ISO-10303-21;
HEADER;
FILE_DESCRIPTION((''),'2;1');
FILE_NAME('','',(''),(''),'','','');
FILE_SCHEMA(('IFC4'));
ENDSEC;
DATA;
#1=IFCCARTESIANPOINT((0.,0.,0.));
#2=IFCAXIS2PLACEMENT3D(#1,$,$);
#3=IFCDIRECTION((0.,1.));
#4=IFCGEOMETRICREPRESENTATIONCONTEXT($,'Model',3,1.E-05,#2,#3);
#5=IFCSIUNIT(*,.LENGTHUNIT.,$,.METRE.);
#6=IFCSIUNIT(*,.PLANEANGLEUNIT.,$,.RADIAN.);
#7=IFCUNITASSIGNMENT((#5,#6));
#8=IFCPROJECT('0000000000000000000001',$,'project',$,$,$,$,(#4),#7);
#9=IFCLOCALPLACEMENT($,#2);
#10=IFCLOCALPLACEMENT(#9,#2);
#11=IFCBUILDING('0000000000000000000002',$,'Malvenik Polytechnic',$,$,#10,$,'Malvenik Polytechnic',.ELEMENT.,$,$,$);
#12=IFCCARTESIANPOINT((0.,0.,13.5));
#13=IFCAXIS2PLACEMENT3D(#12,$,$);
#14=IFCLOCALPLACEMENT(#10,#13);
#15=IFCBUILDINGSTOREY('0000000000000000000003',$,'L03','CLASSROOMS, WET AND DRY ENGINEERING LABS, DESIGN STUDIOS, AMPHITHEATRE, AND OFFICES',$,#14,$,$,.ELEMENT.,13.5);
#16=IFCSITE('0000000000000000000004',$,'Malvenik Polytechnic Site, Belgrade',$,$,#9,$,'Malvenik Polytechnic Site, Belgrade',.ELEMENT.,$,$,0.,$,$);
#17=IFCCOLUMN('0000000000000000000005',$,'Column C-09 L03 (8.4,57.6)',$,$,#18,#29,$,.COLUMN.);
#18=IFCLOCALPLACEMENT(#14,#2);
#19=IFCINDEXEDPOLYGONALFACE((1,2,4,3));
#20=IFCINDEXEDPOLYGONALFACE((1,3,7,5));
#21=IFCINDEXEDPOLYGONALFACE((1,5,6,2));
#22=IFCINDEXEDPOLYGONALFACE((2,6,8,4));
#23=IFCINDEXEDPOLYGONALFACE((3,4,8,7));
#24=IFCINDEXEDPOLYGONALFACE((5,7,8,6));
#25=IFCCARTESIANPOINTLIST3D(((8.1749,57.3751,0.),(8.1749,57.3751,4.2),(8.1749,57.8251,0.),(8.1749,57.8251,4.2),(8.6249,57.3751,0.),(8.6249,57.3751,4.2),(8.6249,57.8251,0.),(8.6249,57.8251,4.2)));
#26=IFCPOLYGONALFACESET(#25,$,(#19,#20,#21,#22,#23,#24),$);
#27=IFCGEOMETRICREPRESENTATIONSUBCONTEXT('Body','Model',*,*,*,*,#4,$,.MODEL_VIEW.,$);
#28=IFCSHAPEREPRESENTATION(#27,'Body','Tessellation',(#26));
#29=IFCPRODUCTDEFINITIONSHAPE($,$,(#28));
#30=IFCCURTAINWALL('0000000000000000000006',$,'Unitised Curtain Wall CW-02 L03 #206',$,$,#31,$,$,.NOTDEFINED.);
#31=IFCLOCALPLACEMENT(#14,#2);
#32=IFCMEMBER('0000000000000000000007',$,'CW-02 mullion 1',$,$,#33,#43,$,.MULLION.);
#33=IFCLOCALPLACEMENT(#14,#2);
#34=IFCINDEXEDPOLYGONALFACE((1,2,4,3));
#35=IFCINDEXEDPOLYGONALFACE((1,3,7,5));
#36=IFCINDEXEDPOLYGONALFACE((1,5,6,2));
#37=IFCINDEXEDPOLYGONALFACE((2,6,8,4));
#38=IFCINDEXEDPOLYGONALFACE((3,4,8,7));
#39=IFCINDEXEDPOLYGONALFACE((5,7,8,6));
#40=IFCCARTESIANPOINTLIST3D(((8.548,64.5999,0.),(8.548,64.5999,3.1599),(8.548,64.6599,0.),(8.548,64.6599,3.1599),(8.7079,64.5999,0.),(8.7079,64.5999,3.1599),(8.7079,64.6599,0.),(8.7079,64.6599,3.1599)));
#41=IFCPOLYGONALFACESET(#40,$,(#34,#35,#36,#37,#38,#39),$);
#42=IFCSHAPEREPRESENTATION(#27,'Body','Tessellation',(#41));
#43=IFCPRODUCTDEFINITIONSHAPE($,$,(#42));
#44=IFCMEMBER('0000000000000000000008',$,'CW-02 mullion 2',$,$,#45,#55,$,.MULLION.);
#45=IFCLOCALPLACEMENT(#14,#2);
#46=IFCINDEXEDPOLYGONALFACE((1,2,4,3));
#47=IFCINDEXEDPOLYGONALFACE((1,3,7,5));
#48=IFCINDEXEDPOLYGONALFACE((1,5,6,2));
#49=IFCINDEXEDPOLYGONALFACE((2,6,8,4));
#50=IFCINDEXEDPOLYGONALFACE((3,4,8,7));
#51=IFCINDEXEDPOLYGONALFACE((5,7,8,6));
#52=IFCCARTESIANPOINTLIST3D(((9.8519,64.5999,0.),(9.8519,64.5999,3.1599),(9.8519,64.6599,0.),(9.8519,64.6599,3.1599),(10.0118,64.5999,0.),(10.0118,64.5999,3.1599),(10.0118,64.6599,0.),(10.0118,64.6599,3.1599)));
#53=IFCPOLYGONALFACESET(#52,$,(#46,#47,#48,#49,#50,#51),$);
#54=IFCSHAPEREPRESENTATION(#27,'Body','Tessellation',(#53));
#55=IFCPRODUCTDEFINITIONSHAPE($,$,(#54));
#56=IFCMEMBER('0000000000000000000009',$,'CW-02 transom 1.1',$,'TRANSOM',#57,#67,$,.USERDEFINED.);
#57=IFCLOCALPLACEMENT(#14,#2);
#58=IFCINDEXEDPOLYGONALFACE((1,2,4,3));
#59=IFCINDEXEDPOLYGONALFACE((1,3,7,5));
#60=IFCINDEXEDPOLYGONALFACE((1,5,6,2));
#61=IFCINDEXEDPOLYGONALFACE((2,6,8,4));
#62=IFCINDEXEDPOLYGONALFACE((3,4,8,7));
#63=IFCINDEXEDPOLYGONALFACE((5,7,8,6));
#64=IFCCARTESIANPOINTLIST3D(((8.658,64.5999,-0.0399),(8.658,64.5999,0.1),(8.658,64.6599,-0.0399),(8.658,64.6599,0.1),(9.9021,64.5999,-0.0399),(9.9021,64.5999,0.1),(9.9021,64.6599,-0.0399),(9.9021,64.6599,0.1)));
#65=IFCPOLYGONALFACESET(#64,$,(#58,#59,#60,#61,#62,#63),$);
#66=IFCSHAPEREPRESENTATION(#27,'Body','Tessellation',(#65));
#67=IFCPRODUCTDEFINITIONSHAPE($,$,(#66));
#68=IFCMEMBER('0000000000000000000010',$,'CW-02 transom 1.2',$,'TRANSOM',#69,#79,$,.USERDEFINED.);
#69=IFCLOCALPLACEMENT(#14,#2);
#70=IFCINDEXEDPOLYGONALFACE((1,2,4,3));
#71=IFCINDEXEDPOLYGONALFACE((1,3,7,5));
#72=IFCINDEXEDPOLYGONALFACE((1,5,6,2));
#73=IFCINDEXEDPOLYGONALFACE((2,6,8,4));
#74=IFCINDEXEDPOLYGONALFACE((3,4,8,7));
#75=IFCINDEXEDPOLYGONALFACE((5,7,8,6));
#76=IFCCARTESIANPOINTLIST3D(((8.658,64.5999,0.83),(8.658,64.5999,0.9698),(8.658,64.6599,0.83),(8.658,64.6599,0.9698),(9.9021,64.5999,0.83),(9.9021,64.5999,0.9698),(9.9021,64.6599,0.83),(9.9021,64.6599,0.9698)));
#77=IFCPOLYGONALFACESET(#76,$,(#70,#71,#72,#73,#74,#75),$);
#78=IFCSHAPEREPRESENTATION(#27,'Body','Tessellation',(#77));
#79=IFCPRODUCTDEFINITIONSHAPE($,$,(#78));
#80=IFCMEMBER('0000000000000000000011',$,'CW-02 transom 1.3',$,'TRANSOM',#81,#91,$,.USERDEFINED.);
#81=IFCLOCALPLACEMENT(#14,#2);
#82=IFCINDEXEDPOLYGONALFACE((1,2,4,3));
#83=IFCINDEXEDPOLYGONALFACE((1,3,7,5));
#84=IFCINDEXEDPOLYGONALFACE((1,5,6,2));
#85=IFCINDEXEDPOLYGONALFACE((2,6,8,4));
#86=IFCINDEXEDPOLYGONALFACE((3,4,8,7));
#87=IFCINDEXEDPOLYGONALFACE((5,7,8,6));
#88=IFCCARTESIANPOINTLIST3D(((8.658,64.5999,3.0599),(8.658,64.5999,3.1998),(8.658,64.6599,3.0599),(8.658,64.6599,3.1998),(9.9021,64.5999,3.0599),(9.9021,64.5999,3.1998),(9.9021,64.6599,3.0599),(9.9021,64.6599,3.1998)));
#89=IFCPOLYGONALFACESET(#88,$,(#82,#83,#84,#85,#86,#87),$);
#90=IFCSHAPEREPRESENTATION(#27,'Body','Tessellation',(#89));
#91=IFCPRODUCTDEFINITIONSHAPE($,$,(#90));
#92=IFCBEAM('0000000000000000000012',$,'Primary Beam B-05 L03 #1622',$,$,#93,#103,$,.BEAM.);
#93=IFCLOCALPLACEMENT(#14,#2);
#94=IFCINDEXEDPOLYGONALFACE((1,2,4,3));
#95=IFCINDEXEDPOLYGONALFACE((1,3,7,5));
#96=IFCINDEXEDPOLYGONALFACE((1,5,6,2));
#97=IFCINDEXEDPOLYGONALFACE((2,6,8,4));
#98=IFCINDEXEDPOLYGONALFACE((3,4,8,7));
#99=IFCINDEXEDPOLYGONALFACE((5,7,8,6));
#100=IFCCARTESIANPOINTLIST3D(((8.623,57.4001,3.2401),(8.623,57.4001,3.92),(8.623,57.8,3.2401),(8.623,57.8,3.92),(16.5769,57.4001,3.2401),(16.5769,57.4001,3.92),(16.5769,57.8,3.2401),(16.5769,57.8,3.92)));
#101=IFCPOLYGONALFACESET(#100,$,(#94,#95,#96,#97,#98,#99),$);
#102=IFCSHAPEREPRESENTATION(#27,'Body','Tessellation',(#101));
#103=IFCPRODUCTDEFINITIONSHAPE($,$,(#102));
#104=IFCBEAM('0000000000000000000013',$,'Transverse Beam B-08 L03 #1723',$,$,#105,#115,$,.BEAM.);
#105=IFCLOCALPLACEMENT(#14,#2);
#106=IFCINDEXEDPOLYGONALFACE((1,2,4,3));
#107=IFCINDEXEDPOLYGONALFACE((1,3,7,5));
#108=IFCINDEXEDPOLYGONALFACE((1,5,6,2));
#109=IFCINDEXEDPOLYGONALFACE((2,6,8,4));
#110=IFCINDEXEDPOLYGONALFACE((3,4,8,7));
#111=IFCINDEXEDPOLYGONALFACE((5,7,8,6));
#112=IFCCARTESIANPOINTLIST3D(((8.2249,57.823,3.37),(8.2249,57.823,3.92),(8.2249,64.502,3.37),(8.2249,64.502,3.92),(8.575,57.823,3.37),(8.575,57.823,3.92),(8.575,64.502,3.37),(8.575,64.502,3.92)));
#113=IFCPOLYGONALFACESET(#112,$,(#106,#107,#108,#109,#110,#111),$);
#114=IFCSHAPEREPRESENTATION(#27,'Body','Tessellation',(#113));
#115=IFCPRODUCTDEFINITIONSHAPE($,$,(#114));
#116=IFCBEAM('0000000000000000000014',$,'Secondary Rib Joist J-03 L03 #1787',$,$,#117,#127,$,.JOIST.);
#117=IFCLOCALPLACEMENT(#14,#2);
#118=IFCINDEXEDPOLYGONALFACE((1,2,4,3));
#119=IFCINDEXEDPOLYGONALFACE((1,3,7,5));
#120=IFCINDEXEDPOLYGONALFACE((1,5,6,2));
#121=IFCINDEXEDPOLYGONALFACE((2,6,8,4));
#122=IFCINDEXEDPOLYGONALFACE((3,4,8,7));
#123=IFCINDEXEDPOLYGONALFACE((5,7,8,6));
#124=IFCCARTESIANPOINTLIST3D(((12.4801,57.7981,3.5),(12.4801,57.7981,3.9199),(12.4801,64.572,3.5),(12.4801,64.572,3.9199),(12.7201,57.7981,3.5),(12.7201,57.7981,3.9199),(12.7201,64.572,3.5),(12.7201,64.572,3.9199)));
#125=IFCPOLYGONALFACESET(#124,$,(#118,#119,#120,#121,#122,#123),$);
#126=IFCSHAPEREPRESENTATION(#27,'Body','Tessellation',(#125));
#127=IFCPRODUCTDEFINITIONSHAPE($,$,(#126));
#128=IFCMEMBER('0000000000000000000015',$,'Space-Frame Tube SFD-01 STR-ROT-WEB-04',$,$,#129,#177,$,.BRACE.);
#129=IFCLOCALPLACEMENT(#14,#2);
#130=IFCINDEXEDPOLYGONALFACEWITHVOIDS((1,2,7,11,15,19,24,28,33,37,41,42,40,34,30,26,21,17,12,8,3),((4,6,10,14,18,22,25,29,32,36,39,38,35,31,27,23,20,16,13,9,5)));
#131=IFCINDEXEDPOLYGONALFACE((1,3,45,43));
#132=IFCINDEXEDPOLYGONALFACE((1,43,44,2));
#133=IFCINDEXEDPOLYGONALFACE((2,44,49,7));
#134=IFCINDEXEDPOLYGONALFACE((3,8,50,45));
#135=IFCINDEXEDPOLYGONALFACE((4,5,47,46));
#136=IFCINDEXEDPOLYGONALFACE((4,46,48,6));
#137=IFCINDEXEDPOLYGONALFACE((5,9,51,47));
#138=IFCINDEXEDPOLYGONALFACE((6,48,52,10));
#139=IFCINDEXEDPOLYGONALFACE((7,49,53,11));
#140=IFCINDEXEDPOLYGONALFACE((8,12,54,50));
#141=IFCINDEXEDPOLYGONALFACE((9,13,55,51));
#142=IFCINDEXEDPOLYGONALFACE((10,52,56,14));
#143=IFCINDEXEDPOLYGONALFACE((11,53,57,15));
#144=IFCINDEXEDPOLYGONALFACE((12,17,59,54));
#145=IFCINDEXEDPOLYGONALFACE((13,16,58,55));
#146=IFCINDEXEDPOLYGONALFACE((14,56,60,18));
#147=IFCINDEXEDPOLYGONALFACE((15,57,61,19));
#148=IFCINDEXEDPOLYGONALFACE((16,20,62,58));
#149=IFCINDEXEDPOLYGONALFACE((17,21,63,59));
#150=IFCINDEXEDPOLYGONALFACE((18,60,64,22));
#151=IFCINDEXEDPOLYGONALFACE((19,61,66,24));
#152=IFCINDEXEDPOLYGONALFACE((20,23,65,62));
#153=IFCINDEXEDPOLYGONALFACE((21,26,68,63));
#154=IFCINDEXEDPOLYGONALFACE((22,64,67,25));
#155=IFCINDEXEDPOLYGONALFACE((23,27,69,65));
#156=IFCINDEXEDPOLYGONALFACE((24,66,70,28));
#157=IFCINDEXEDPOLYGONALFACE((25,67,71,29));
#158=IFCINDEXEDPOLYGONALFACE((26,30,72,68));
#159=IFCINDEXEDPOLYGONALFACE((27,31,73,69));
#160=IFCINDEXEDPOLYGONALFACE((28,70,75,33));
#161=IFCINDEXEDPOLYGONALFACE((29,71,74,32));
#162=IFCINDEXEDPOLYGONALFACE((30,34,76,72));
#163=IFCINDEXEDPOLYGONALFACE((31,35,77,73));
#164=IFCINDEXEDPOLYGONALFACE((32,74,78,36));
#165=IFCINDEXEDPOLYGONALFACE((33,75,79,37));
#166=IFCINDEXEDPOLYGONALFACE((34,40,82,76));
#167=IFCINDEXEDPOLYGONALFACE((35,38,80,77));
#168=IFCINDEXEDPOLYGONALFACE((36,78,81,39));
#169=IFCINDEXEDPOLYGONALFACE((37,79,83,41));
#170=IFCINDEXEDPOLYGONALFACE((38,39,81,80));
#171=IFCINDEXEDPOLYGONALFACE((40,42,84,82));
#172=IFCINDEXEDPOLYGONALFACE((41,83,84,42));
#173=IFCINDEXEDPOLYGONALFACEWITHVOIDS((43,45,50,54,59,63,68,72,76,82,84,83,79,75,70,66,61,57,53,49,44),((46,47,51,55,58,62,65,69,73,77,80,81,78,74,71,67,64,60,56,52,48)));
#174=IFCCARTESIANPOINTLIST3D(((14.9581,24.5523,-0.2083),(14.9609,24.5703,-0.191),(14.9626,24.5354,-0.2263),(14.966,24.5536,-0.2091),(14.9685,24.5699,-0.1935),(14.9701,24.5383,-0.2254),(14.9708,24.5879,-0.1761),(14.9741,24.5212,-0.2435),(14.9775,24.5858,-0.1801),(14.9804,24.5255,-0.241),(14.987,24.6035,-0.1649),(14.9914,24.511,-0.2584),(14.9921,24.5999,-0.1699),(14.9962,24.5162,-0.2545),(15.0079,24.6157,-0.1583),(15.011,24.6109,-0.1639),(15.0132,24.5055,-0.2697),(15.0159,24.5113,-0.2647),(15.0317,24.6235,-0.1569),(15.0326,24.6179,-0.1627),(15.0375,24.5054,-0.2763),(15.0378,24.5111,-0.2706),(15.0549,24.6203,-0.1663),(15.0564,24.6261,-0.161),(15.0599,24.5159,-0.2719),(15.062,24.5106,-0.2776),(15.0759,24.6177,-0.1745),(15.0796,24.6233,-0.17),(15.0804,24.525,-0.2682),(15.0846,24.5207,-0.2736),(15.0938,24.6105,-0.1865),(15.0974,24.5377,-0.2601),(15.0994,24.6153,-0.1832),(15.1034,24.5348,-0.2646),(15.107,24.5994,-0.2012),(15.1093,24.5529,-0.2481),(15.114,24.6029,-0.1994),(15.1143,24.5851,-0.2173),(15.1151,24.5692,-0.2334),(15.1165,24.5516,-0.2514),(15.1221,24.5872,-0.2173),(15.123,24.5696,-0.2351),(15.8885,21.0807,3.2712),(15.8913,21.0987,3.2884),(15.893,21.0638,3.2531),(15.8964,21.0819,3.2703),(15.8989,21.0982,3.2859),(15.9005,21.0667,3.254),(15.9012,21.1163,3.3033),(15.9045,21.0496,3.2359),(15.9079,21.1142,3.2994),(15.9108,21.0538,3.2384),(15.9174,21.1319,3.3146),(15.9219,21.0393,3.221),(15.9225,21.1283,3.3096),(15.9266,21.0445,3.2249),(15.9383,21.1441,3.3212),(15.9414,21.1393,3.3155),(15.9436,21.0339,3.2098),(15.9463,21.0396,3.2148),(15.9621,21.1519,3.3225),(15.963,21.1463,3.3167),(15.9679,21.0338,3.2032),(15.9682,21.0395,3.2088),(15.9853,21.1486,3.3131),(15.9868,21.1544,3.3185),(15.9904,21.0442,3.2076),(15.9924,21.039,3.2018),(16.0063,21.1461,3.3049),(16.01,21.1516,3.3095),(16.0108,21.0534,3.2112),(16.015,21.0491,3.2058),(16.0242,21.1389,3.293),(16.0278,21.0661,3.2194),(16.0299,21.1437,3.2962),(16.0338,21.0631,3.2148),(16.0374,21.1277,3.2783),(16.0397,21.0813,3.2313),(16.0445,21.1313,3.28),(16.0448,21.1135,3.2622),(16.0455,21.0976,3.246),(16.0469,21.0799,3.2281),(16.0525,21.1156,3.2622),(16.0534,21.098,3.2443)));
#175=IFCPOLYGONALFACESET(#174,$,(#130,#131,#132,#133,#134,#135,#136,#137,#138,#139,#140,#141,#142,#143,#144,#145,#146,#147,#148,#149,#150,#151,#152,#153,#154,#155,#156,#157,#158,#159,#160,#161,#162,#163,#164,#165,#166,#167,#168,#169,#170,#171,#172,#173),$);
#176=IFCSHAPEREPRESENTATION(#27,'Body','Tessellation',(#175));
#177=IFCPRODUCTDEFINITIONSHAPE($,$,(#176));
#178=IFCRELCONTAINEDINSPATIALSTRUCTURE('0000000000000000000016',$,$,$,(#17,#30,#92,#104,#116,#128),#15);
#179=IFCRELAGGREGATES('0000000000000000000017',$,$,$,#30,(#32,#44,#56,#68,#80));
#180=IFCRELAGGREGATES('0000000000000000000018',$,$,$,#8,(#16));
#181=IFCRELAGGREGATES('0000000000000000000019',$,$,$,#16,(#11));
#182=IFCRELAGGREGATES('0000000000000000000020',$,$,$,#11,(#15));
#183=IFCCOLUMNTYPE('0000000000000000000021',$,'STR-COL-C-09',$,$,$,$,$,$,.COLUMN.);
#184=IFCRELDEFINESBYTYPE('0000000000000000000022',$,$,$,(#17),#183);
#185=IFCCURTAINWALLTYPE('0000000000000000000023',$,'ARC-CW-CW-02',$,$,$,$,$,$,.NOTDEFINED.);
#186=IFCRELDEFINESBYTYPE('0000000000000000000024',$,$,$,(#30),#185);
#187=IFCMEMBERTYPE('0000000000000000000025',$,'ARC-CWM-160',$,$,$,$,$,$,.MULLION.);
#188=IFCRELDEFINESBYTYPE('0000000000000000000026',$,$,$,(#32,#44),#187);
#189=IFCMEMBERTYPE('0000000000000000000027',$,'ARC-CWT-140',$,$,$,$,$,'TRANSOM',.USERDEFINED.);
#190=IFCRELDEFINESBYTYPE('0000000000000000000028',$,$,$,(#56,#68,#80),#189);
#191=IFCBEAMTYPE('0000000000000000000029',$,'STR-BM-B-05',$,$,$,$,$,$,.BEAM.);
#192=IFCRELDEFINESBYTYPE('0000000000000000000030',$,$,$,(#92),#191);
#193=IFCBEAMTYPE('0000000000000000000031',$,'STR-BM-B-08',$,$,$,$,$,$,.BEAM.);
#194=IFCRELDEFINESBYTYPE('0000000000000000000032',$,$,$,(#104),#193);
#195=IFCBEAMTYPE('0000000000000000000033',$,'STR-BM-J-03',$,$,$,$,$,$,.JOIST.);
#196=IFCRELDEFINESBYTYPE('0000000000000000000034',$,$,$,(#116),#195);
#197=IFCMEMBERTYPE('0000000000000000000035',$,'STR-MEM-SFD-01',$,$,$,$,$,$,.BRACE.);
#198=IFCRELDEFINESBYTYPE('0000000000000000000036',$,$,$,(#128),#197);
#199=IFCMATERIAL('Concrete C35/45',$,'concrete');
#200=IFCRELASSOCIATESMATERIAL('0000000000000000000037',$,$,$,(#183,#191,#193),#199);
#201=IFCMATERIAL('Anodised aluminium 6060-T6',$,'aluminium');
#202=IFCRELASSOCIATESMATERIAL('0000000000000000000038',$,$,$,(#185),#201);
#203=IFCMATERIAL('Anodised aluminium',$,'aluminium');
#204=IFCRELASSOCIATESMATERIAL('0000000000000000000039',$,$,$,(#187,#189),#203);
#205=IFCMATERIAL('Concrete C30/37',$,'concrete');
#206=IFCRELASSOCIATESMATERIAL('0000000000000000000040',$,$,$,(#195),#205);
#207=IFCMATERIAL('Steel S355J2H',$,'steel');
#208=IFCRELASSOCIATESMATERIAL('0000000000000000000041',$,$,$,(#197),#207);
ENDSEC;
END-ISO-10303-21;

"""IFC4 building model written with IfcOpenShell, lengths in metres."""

from ifc_helpers import new_model, si_unit, direction, frame, origin, origin_2d, place, context, subcontext, project, spatial, rectangle, hollow_circle, extrude, material, material_profile, profile_set, type_object, element, aggregate, save


model = new_model("IFC4")

# Units and contexts
model_context = context("Model", 3, precision=1e-05, world=origin(), true_north=direction((0.0, 1.0)))
body_context = subcontext(model_context, "Body", "Model", "MODEL_VIEW")
ifc_project = project(units=[si_unit("LENGTHUNIT", "METRE"), si_unit("PLANEANGLEUNIT", "RADIAN")], contexts=[model_context])

# Site, building, storey
site_placement = place(None, origin())
site = spatial("IfcSite", under=ifc_project, at=site_placement, Name="Malvenik Polytechnic Site, Belgrade", LongName="Malvenik Polytechnic Site, Belgrade", CompositionType="ELEMENT", RefElevation=0.0)
building_placement = place(site_placement, origin())
building = spatial("IfcBuilding", under=site, at=building_placement, Name="Malvenik Polytechnic", LongName="Malvenik Polytechnic", CompositionType="ELEMENT")
storey_placement = place(building_placement, frame((0.0, 0.0, 13.5)))
storey = spatial("IfcBuildingStorey", under=building, at=storey_placement, Name="L03", Description="CLASSROOMS, WET AND DRY ENGINEERING LABS, DESIGN STUDIOS, AMPHITHEATRE, AND OFFICES", CompositionType="ELEMENT", Elevation=13.5)

# Column
ifc_material_1 = material(Name="Concrete C35/45", Category="concrete")
ifc_material_profile_1 = material_profile(ifc_material_1, rectangle(XDim=0.45, YDim=0.45, at=origin_2d()), Name="RC COL 450x450")
ifc_profile_set_1 = profile_set([ifc_material_profile_1], Name="Concrete C35/45")
column_type = type_object("IfcColumnType", Name="STR-COL-C-09", PredefinedType="COLUMN", material=ifc_profile_set_1)
column_placement = place(storey_placement, frame((8.3999, 57.6001, 0.0), z_axis=(0.0, 0.0, 1.0), x_axis=(1.0, 0.0, 0.0)))
element("IfcColumn", 1, at=column_placement, inside=storey, type_object=column_type, Name="Column C-09 L03 (8.4,57.6)", PredefinedType="COLUMN", context=body_context, shape_type="SweptSolid", body=[
    extrude(rectangle(XDim=0.45, YDim=0.45, at=origin_2d()), origin(), (0.0, 0.0, 1.0), 4.2),
])

# Curtain wall, members
ifc_material_2 = material(Name="Anodised aluminium 6060-T6", Category="aluminium")
curtain_wall_type = type_object("IfcCurtainWallType", Name="ARC-CW-CW-02", PredefinedType="NOTDEFINED", material=ifc_material_2)
curtain_wall_placement = place(storey_placement, origin())
curtain_wall = element("IfcCurtainWall", 2, at=curtain_wall_placement, inside=storey, type_object=curtain_wall_type, Name="Unitised Curtain Wall CW-02 L03 #206", PredefinedType="NOTDEFINED")
ifc_material_3 = material(Name="Anodised aluminium", Category="aluminium")
ifc_material_profile_2 = material_profile(ifc_material_3, rectangle(XDim=0.0601, YDim=0.1599, at=origin_2d()), Name="ALU MULLION 60x160")
ifc_profile_set_2 = profile_set([ifc_material_profile_2], Name="Anodised aluminium")
member_type_1 = type_object("IfcMemberType", Name="ARC-CWM-160", PredefinedType="MULLION", material=ifc_profile_set_2)
member_1_placement = place(storey_placement, frame((8.6279, 64.6299, 0.0), z_axis=(0.0, 0.0, 1.0), x_axis=(0.0, 1.0, 0.0)))
member_1 = element("IfcMember", 3, at=member_1_placement, type_object=member_type_1, Name="CW-02 mullion 1", PredefinedType="MULLION", context=body_context, shape_type="SweptSolid", body=[
    extrude(rectangle(XDim=0.0601, YDim=0.1599, at=origin_2d()), origin(), (0.0, 0.0, 1.0), 3.1599),
])
member_2_placement = place(storey_placement, frame((9.9319, 64.6299, 0.0), z_axis=(0.0, 0.0, 1.0), x_axis=(0.0, 1.0, 0.0)))
member_2 = element("IfcMember", 4, at=member_2_placement, type_object=member_type_1, Name="CW-02 mullion 2", PredefinedType="MULLION", context=body_context, shape_type="SweptSolid", body=[
    extrude(rectangle(XDim=0.0601, YDim=0.1599, at=origin_2d()), origin(), (0.0, 0.0, 1.0), 3.1599),
])
ifc_material_profile_3 = material_profile(ifc_material_3, rectangle(XDim=0.0601, YDim=0.1399, at=origin_2d()), Name="ALU TRANSOM 60x140")
ifc_profile_set_3 = profile_set([ifc_material_profile_3], Name="Anodised aluminium")
member_type_2 = type_object("IfcMemberType", Name="ARC-CWT-140", ElementType="TRANSOM", PredefinedType="USERDEFINED", material=ifc_profile_set_3)
member_3_placement = place(storey_placement, frame((8.658, 64.6299, 0.03), z_axis=(1.0, 0.0, 0.0), x_axis=(0.0, 1.0, 0.0)))
member_3 = element("IfcMember", 5, at=member_3_placement, type_object=member_type_2, Name="CW-02 transom 1.1", ObjectType="TRANSOM", PredefinedType="USERDEFINED", context=body_context, shape_type="SweptSolid", body=[
    extrude(rectangle(XDim=0.0601, YDim=0.1399, at=origin_2d()), origin(), (0.0, 0.0, 1.0), 1.2441),
])
member_4_placement = place(storey_placement, frame((8.658, 64.6299, 0.8999), z_axis=(1.0, 0.0, 0.0), x_axis=(0.0, 1.0, 0.0)))
member_4 = element("IfcMember", 6, at=member_4_placement, type_object=member_type_2, Name="CW-02 transom 1.2", ObjectType="TRANSOM", PredefinedType="USERDEFINED", context=body_context, shape_type="SweptSolid", body=[
    extrude(rectangle(XDim=0.0601, YDim=0.1399, at=origin_2d()), origin(), (0.0, 0.0, 1.0), 1.2441),
])
member_5_placement = place(storey_placement, frame((8.658, 64.6299, 3.1299), z_axis=(1.0, 0.0, 0.0), x_axis=(0.0, 1.0, 0.0)))
member_5 = element("IfcMember", 7, at=member_5_placement, type_object=member_type_2, Name="CW-02 transom 1.3", ObjectType="TRANSOM", PredefinedType="USERDEFINED", context=body_context, shape_type="SweptSolid", body=[
    extrude(rectangle(XDim=0.0601, YDim=0.1399, at=origin_2d()), origin(), (0.0, 0.0, 1.0), 1.2441),
])

# Beams
ifc_material_profile_4 = material_profile(ifc_material_1, rectangle(XDim=0.3999, YDim=0.6799, at=origin_2d()), Name="RC BM 400x680")
ifc_profile_set_4 = profile_set([ifc_material_profile_4], Name="Concrete C35/45")
beam_type_1 = type_object("IfcBeamType", Name="STR-BM-B-05", PredefinedType="BEAM", material=ifc_profile_set_4)
beam_1_placement = place(storey_placement, frame((8.623, 57.6001, 3.5801), z_axis=(1.0, 0.0, 0.0), x_axis=(0.0, 1.0, 0.0)))
element("IfcBeam", 8, at=beam_1_placement, inside=storey, type_object=beam_type_1, Name="Primary Beam B-05 L03 #1622", PredefinedType="BEAM", context=body_context, shape_type="SweptSolid", body=[
    extrude(rectangle(XDim=0.3999, YDim=0.6799, at=origin_2d()), origin(), (0.0, 0.0, 1.0), 7.9539),
])
ifc_material_profile_5 = material_profile(ifc_material_1, rectangle(XDim=0.3501, YDim=0.55, at=origin_2d()), Name="RC BM 350x550")
ifc_profile_set_5 = profile_set([ifc_material_profile_5], Name="Concrete C35/45")
beam_type_2 = type_object("IfcBeamType", Name="STR-BM-B-08", PredefinedType="BEAM", material=ifc_profile_set_5)
beam_2_placement = place(storey_placement, frame((8.3999, 57.823, 3.645), z_axis=(0.0, 1.0, 0.0), x_axis=(-1.0, 0.0, 0.0)))
element("IfcBeam", 9, at=beam_2_placement, inside=storey, type_object=beam_type_2, Name="Transverse Beam B-08 L03 #1723", PredefinedType="BEAM", context=body_context, shape_type="SweptSolid", body=[
    extrude(rectangle(XDim=0.3501, YDim=0.55, at=origin_2d()), origin(), (0.0, 0.0, 1.0), 6.679),
])
ifc_material_4 = material(Name="Concrete C30/37", Category="concrete")
ifc_material_profile_6 = material_profile(ifc_material_4, rectangle(XDim=0.24, YDim=0.4199, at=origin_2d()), Name="RC JST 240x420")
ifc_profile_set_6 = profile_set([ifc_material_profile_6], Name="Concrete C30/37")
beam_type_3 = type_object("IfcBeamType", Name="STR-BM-J-03", PredefinedType="JOIST", material=ifc_profile_set_6)
beam_3_placement = place(storey_placement, frame((12.6001, 57.7981, 3.71), z_axis=(0.0, 1.0, 0.0), x_axis=(-1.0, 0.0, 0.0)))
element("IfcBeam", 10, at=beam_3_placement, inside=storey, type_object=beam_type_3, Name="Secondary Rib Joist J-03 L03 #1787", PredefinedType="JOIST", context=body_context, shape_type="SweptSolid", body=[
    extrude(rectangle(XDim=0.24, YDim=0.4199, at=origin_2d()), origin(), (0.0, 0.0, 1.0), 6.7739),
])

# Member
ifc_material_5 = material(Name="Steel S355J2H", Category="steel")
ifc_material_profile_7 = material_profile(ifc_material_5, hollow_circle(Radius=0.0842, WallThickness=0.0081, at=origin_2d()), Name="CHS 168.3x8.0")
ifc_profile_set_7 = profile_set([ifc_material_profile_7], Name="Steel S355J2H")
member_type_3 = type_object("IfcMemberType", Name="STR-MEM-SFD-01", PredefinedType="BRACE", material=ifc_profile_set_7)
member_6_placement = place(storey_placement, frame((15.0408, 24.5654, -0.2173), z_axis=(0.185991, -0.693988, 0.695549), x_axis=(0.965913, 0.258867, 0.0)))
element("IfcMember", 11, at=member_6_placement, inside=storey, type_object=member_type_3, Name="Space-Frame Tube SFD-01 STR-ROT-WEB-04", PredefinedType="BRACE", context=body_context, shape_type="SweptSolid", body=[
    extrude(hollow_circle(Radius=0.0842, WallThickness=0.0081, at=origin_2d()), origin(), (0.0, 0.0, 1.0), 5.0024),
])

aggregate(curtain_wall, [member_1, member_2, member_3, member_4, member_5])

save(model, "model.ifc")
